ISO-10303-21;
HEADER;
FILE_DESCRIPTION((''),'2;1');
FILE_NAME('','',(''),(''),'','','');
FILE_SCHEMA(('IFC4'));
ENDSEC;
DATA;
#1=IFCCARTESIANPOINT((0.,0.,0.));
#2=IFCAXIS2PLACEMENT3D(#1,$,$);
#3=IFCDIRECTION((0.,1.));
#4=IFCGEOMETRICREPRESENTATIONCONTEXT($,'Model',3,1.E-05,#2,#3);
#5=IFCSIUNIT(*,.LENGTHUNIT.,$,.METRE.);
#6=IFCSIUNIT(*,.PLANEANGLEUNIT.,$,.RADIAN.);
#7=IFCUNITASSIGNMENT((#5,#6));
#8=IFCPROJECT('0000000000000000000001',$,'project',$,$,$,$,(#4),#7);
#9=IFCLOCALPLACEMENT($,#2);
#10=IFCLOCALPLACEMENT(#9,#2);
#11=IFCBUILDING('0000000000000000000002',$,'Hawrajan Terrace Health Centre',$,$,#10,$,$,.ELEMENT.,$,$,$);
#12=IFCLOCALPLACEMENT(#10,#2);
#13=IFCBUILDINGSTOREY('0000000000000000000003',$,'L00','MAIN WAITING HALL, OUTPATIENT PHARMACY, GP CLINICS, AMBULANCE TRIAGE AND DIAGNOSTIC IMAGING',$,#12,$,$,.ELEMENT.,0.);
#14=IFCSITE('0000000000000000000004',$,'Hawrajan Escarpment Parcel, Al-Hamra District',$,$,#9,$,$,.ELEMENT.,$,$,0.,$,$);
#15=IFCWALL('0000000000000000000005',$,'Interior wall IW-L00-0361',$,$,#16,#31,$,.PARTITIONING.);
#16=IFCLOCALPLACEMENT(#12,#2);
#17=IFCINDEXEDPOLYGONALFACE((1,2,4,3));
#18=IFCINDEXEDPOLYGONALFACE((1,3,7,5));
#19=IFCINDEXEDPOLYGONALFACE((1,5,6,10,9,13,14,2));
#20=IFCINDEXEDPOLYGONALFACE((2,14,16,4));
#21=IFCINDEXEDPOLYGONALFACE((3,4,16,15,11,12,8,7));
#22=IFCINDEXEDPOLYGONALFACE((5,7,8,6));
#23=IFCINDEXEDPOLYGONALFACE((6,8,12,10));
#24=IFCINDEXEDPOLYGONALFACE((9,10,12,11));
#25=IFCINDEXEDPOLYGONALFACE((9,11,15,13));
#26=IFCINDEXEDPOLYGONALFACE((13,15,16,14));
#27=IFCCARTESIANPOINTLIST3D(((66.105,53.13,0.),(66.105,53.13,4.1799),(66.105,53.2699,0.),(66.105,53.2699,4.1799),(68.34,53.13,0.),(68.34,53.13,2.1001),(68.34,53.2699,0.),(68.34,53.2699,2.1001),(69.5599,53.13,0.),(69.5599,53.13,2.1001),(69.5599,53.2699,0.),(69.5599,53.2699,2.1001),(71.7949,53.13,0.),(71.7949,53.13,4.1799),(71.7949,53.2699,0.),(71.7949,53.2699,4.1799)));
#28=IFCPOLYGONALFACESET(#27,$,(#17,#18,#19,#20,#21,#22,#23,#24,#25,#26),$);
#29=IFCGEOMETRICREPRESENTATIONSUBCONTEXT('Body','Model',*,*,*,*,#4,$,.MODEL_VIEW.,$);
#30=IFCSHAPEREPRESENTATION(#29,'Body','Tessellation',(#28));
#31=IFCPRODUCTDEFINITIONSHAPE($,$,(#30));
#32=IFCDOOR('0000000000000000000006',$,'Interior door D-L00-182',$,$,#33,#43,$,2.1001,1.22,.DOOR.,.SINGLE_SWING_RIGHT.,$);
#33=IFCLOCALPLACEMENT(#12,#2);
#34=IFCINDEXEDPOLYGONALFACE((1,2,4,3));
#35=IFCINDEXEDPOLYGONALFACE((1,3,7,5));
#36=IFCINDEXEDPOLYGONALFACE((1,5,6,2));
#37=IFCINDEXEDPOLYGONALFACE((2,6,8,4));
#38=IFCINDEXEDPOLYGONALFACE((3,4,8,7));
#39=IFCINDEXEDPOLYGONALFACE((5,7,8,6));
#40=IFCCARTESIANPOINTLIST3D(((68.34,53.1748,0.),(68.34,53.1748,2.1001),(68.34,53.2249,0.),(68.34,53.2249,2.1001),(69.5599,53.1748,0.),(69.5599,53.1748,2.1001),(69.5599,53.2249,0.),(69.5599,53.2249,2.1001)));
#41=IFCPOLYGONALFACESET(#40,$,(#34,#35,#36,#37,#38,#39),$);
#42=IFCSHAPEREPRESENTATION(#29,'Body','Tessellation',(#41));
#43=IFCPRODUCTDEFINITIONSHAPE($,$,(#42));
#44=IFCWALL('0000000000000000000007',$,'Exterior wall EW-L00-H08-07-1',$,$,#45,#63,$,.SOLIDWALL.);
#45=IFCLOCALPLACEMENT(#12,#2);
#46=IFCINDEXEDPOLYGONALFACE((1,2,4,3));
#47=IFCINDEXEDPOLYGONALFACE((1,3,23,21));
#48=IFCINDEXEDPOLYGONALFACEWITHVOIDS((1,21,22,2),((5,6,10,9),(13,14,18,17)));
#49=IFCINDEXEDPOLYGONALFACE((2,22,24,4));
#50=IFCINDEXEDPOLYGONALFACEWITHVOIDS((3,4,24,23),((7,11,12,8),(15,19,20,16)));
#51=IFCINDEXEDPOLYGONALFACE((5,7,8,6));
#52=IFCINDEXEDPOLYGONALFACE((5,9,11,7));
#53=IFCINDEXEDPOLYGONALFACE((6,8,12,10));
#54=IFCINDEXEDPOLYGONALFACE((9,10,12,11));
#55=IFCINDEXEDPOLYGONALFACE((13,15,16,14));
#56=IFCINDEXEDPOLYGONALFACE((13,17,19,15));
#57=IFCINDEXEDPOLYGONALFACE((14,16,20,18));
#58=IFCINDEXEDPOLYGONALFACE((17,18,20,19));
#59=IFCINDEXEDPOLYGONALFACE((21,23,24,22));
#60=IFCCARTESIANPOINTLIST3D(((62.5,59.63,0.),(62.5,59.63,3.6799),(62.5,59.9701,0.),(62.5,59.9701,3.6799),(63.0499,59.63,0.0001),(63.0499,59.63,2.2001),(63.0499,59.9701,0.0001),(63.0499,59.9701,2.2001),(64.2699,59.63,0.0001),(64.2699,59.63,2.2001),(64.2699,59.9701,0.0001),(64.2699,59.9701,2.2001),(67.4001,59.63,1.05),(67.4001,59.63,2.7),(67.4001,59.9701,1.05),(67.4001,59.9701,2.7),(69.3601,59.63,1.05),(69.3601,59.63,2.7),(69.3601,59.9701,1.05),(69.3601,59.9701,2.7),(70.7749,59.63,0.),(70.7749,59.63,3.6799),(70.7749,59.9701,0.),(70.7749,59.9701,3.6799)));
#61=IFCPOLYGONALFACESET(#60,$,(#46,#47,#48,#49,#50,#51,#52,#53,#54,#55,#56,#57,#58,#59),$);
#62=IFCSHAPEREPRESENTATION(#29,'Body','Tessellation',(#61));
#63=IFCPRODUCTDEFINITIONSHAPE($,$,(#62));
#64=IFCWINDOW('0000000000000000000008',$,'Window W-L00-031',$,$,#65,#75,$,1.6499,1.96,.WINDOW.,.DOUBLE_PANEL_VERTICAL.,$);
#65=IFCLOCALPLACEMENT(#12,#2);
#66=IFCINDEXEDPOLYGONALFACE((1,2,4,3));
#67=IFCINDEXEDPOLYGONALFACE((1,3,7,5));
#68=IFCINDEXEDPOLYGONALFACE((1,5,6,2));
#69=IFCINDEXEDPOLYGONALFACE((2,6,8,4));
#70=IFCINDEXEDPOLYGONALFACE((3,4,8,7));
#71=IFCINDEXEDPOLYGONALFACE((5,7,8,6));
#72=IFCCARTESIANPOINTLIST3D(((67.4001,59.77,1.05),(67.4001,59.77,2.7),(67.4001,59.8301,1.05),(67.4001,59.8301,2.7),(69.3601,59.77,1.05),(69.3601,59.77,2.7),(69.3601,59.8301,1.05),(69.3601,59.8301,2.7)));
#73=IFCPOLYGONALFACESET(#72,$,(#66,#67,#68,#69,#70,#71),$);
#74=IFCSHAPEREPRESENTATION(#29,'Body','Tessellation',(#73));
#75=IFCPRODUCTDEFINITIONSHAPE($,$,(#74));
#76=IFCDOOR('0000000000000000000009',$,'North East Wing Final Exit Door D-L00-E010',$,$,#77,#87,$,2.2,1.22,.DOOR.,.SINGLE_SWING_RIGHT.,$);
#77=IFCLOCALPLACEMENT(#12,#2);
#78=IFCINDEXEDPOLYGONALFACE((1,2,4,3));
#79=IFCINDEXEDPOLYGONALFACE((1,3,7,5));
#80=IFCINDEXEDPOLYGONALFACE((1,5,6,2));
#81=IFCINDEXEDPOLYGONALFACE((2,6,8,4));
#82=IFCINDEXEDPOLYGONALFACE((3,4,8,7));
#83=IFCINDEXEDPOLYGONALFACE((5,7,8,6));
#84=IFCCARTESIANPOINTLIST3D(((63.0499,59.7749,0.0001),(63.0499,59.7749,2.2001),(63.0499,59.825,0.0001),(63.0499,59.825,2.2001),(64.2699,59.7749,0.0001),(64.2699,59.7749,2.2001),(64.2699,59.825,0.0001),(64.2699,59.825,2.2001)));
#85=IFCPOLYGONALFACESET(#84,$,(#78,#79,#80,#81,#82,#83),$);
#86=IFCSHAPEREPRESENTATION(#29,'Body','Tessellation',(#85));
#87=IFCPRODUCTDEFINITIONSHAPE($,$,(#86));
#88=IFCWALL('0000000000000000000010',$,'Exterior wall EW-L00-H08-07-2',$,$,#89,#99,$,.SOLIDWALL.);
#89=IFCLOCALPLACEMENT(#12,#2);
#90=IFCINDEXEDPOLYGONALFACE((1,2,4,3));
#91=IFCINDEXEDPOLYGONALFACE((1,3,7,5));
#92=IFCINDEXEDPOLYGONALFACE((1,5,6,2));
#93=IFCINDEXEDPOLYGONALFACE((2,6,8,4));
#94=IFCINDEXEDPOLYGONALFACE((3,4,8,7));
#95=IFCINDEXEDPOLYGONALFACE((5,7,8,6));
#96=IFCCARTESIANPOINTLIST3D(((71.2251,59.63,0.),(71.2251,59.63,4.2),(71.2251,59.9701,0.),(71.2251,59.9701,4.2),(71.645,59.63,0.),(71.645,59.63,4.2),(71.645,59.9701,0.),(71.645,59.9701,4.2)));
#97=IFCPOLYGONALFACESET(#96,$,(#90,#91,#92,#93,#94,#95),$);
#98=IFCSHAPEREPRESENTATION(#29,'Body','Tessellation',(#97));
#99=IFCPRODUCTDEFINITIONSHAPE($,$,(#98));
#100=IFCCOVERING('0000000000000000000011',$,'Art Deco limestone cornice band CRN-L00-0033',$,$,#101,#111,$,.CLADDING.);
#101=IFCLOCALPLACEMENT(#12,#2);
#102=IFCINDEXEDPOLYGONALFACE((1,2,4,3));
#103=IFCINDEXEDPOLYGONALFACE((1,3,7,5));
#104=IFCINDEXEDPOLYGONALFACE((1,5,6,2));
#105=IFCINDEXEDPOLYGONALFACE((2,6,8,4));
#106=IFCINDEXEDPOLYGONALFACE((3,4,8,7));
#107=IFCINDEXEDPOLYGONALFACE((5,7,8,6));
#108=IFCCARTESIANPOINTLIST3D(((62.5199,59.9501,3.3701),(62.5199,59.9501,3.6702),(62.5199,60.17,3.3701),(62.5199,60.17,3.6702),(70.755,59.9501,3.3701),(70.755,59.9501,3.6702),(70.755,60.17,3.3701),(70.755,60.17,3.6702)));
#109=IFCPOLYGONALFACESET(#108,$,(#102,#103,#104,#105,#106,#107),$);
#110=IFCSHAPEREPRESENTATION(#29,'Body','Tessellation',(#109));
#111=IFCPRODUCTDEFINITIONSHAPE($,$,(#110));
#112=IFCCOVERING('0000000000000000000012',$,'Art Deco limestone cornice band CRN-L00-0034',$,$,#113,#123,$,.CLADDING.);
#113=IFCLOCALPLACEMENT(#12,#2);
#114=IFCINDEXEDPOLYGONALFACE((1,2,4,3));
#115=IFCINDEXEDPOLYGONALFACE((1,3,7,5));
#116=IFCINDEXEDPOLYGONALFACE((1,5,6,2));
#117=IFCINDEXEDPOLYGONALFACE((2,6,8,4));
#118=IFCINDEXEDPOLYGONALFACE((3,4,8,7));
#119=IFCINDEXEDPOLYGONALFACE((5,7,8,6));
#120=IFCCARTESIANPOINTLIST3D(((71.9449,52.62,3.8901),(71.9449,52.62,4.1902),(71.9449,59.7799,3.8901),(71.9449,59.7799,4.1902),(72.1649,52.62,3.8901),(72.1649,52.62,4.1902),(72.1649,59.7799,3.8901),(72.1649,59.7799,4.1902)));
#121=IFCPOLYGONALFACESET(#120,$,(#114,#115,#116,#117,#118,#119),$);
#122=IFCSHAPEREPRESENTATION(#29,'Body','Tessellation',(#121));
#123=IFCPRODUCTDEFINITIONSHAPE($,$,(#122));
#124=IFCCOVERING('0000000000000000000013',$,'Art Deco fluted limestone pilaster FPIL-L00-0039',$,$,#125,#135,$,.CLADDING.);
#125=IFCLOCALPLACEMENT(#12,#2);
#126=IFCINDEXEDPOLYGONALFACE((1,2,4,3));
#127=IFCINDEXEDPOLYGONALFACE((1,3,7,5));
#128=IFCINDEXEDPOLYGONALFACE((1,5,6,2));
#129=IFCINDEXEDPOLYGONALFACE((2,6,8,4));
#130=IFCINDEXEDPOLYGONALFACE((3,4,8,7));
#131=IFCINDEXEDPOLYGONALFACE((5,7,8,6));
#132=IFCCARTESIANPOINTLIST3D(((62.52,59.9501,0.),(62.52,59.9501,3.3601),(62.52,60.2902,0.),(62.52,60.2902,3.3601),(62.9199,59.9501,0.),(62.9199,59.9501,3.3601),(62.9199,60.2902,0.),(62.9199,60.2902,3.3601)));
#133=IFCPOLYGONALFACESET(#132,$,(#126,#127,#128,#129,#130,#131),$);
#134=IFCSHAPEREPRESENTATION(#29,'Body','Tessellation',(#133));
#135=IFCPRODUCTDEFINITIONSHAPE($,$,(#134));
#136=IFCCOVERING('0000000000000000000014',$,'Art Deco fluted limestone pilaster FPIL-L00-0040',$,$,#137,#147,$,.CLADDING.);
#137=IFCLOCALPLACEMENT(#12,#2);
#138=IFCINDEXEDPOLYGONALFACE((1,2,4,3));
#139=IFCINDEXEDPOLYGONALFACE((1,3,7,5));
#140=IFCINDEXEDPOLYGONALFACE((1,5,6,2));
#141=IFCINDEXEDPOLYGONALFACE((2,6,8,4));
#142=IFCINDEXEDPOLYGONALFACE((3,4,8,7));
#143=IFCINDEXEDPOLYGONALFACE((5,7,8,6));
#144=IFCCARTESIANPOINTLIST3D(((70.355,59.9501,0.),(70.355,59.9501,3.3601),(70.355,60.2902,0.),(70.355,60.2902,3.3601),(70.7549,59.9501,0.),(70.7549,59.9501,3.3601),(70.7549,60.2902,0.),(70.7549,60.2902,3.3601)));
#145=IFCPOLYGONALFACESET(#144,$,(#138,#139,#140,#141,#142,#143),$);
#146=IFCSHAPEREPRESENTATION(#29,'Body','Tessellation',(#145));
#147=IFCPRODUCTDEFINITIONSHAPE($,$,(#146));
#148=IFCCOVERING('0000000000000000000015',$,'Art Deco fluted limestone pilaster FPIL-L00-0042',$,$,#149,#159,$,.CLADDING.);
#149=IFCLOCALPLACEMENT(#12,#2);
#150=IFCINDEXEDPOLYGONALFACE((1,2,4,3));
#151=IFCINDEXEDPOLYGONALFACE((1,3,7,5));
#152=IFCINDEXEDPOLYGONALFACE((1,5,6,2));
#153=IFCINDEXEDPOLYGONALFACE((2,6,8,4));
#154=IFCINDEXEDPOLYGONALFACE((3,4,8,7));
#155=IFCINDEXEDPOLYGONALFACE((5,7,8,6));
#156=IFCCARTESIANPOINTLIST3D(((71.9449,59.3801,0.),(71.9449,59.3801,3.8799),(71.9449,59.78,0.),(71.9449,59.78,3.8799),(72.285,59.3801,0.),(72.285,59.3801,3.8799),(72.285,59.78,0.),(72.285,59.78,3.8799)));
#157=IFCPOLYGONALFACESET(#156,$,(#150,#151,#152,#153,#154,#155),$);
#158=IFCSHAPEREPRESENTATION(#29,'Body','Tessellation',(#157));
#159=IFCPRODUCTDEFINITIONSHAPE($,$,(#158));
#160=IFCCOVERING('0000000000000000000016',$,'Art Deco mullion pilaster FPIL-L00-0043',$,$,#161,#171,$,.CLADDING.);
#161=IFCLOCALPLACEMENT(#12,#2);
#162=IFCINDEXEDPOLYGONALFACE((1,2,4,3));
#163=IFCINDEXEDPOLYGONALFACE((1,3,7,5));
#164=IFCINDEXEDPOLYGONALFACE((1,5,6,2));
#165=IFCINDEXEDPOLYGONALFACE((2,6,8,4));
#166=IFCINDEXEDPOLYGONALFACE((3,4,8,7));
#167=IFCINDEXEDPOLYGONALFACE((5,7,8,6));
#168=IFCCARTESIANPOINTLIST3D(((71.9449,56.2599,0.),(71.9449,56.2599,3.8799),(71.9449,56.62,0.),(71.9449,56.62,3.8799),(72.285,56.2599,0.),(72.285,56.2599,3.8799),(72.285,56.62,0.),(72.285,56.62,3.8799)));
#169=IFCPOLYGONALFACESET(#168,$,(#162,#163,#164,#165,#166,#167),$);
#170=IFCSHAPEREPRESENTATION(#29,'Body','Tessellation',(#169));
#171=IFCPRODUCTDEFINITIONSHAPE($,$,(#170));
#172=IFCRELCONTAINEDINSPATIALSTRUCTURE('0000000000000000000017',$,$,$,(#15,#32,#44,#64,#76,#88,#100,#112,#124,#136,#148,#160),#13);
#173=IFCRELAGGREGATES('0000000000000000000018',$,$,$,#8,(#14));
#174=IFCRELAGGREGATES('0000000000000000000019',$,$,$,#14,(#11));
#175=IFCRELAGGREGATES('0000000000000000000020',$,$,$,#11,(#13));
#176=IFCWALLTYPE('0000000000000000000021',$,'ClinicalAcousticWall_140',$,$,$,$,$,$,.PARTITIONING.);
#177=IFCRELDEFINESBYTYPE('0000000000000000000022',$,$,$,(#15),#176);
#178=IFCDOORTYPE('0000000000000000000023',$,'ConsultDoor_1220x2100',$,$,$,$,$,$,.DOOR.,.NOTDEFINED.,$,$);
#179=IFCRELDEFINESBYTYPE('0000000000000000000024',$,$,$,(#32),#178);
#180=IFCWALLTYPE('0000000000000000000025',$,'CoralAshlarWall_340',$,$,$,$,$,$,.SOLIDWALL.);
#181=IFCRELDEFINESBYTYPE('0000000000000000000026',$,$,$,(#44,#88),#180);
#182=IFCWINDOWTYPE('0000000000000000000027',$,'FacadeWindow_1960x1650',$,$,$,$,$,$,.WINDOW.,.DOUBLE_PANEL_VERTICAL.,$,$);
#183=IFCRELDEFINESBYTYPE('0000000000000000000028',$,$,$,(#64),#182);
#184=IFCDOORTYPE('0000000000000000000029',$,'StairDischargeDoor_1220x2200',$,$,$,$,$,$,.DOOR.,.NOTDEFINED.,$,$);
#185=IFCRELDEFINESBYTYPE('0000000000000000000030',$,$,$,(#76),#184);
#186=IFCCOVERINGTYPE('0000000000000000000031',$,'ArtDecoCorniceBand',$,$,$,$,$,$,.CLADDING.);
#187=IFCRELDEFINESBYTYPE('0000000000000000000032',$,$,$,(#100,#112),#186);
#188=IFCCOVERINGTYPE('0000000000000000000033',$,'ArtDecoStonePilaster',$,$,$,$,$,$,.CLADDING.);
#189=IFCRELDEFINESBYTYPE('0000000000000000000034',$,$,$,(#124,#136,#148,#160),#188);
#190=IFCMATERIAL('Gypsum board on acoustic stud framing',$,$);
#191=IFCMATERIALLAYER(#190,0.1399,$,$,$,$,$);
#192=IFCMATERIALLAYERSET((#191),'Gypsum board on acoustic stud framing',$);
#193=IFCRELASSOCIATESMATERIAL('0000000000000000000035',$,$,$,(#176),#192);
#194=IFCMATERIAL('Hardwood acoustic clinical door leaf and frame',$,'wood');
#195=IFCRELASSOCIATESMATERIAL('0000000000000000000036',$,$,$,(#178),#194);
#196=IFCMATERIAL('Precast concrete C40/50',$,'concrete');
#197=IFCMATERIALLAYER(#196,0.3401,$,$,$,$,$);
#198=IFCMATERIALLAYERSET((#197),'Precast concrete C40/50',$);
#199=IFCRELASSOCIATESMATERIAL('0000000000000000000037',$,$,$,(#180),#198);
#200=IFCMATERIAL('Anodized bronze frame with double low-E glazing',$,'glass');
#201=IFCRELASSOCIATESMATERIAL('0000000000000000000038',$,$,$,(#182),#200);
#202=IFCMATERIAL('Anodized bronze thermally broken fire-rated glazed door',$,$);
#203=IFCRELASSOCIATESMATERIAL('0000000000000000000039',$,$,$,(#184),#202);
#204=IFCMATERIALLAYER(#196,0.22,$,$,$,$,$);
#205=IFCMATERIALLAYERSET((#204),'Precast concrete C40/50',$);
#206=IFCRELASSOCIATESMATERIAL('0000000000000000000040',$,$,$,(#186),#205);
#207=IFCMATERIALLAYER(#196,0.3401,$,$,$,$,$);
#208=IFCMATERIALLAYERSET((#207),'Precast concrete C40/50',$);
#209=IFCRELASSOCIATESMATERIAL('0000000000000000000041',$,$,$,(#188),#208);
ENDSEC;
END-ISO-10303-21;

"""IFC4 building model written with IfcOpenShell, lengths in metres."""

from ifc_helpers import new_model, si_unit, direction, frame, frame_2d, origin, origin_2d, place, context, subcontext, project, spatial, rectangle, extrude, material, layer, layer_set, type_object, element, fill, save


model = new_model("IFC4")

# Units and contexts
model_context = context("Model", 3, precision=1e-05, world=origin(), true_north=direction((0.0, 1.0)))
body_context = subcontext(model_context, "Body", "Model", "MODEL_VIEW")
ifc_project = project(units=[si_unit("LENGTHUNIT", "METRE"), si_unit("PLANEANGLEUNIT", "RADIAN")], contexts=[model_context])

# Site, building, storey
site_placement = place(None, origin())
site = spatial("IfcSite", under=ifc_project, at=site_placement, Name="Hawrajan Escarpment Parcel, Al-Hamra District", CompositionType="ELEMENT", RefElevation=0.0)
building_placement = place(site_placement, origin())
building = spatial("IfcBuilding", under=site, at=building_placement, Name="Hawrajan Terrace Health Centre", CompositionType="ELEMENT")
storey_placement = place(building_placement, origin())
storey = spatial("IfcBuildingStorey", under=building, at=storey_placement, Name="L00", Description="MAIN WAITING HALL, OUTPATIENT PHARMACY, GP CLINICS, AMBULANCE TRIAGE AND DIAGNOSTIC IMAGING", CompositionType="ELEMENT", Elevation=0.0)

# Shared definitions
ifc_material_1 = material(Name="Gypsum board on acoustic stud framing")
ifc_layer_1 = layer(ifc_material_1, 0.1399)
ifc_layer_set_1 = layer_set([ifc_layer_1], Name="Gypsum board on acoustic stud framing")
wall_type_1 = type_object("IfcWallType", Name="ClinicalAcousticWall_140", PredefinedType="PARTITIONING", material=ifc_layer_set_1)

# Shared definitions
ifc_material_2 = material(Name="Hardwood acoustic clinical door leaf and frame", Category="wood")

# Wall, opening, door
wall_1_placement = place(storey_placement, frame((66.105, 53.2, 0.0), z_axis=(0.0, 0.0, 1.0), x_axis=(1.0, 0.0, 0.0)))
wall_1 = element("IfcWall", 1, at=wall_1_placement, inside=storey, type_object=wall_type_1, Name="Interior wall IW-L00-0361", PredefinedType="PARTITIONING", context=body_context, shape_type="SweptSolid", body=[
    extrude(rectangle(XDim=5.6899, YDim=0.1399, at=frame_2d((2.845, 0.0))), origin(), (0.0, 0.0, 1.0), 4.1799),
])
opening_1_placement = place(wall_1_placement, frame((2.2351, 0.0, 0.0)))
opening_1 = element("IfcOpeningElement", 2, at=opening_1_placement, cuts=wall_1, PredefinedType="OPENING", context=body_context, shape_type="SweptSolid", body=[
    extrude(rectangle(XDim=1.22, YDim=2.1001, at=frame_2d((0.6099, 1.05))), frame((0.0, 0.0798, 0.0), z_axis=(0.0, -1.0, 0.0), x_axis=(1.0, 0.0, 0.0)), (0.0, 0.0, 1.0), 0.1599),
])
door_type_1 = type_object("IfcDoorType", Name="ConsultDoor_1220x2100", OperationType="NOTDEFINED", PredefinedType="DOOR", material=ifc_material_2)
door_1_placement = place(opening_1_placement, origin())
door_1 = element("IfcDoor", 3, at=door_1_placement, inside=storey, type_object=door_type_1, Name="Interior door D-L00-182", OperationType="SINGLE_SWING_RIGHT", OverallHeight=2.1001, OverallWidth=1.22, PredefinedType="DOOR", context=body_context, shape_type="SweptSolid", body=[
    extrude(rectangle(XDim=1.22, YDim=2.1001, at=frame_2d((0.6099, 1.05))), frame((0.0, 0.0249, 0.0), z_axis=(0.0, -1.0, 0.0), x_axis=(1.0, 0.0, 0.0)), (0.0, 0.0, 1.0), 0.05),
])
fill(opening_1, door_1)

# Wall, openings, window, door
ifc_material_3 = material(Name="Precast concrete C40/50", Category="concrete")
ifc_layer_2 = layer(ifc_material_3, 0.3401)
ifc_layer_set_2 = layer_set([ifc_layer_2], Name="Precast concrete C40/50")
wall_type_2 = type_object("IfcWallType", Name="CoralAshlarWall_340", PredefinedType="SOLIDWALL", material=ifc_layer_set_2)
wall_2_placement = place(storey_placement, frame((62.5, 59.8, 0.0), z_axis=(0.0, 0.0, 1.0), x_axis=(1.0, 0.0, 0.0)))
wall_2 = element("IfcWall", 4, at=wall_2_placement, inside=storey, type_object=wall_type_2, Name="Exterior wall EW-L00-H08-07-1", PredefinedType="SOLIDWALL", context=body_context, shape_type="SweptSolid", body=[
    extrude(rectangle(XDim=8.2749, YDim=0.3401, at=frame_2d((4.1375, 0.0))), origin(), (0.0, 0.0, 1.0), 3.6799),
])
opening_2_placement = place(wall_2_placement, frame((0.55, 0.0, 0.0)))
opening_2 = element("IfcOpeningElement", 5, at=opening_2_placement, cuts=wall_2, PredefinedType="OPENING", context=body_context, shape_type="SweptSolid", body=[
    extrude(rectangle(XDim=1.22, YDim=2.2, at=frame_2d((0.6099, 1.1001))), frame((0.0, 0.1799, 0.0), z_axis=(0.0, -1.0, 0.0), x_axis=(1.0, 0.0, 0.0)), (0.0, 0.0, 1.0), 0.3601),
])
opening_3_placement = place(wall_2_placement, frame((4.9001, 0.0, 1.05)))
opening_3 = element("IfcOpeningElement", 6, at=opening_3_placement, cuts=wall_2, PredefinedType="OPENING", context=body_context, shape_type="SweptSolid", body=[
    extrude(rectangle(XDim=1.96, YDim=1.6499, at=frame_2d((0.98, 0.825))), frame((0.0, 0.1799, 0.0), z_axis=(0.0, -1.0, 0.0), x_axis=(1.0, 0.0, 0.0)), (0.0, 0.0, 1.0), 0.3601),
])
ifc_material_4 = material(Name="Anodized bronze frame with double low-E glazing", Category="glass")
window_type = type_object("IfcWindowType", Name="FacadeWindow_1960x1650", PartitioningType="DOUBLE_PANEL_VERTICAL", PredefinedType="WINDOW", material=ifc_material_4)
window_placement = place(opening_3_placement, origin())
window = element("IfcWindow", 7, at=window_placement, inside=storey, type_object=window_type, Name="Window W-L00-031", OverallHeight=1.6499, OverallWidth=1.96, PartitioningType="DOUBLE_PANEL_VERTICAL", PredefinedType="WINDOW", context=body_context, shape_type="SweptSolid", body=[
    extrude(rectangle(XDim=1.96, YDim=1.6499, at=frame_2d((0.98, 0.825))), frame((0.0, 0.03, 0.0), z_axis=(0.0, -1.0, 0.0), x_axis=(1.0, 0.0, 0.0)), (0.0, 0.0, 1.0), 0.0601),
])
fill(opening_3, window)
ifc_material_5 = material(Name="Anodized bronze thermally broken fire-rated glazed door")
door_type_2 = type_object("IfcDoorType", Name="StairDischargeDoor_1220x2200", OperationType="NOTDEFINED", PredefinedType="DOOR", material=ifc_material_5)
door_2_placement = place(opening_2_placement, origin())
door_2 = element("IfcDoor", 8, at=door_2_placement, inside=storey, type_object=door_type_2, Name="North East Wing Final Exit Door D-L00-E010", OperationType="SINGLE_SWING_RIGHT", OverallHeight=2.2, OverallWidth=1.22, PredefinedType="DOOR", context=body_context, shape_type="SweptSolid", body=[
    extrude(rectangle(XDim=1.22, YDim=2.2, at=frame_2d((0.6099, 1.1001))), frame((0.0, 0.0249, 0.0), z_axis=(0.0, -1.0, 0.0), x_axis=(1.0, 0.0, 0.0)), (0.0, 0.0, 1.0), 0.05),
])
fill(opening_2, door_2)

# Wall
wall_3_placement = place(storey_placement, frame((71.2251, 59.8, 0.0), z_axis=(0.0, 0.0, 1.0), x_axis=(1.0, 0.0, 0.0)))
element("IfcWall", 9, at=wall_3_placement, inside=storey, type_object=wall_type_2, Name="Exterior wall EW-L00-H08-07-2", PredefinedType="SOLIDWALL", context=body_context, shape_type="SweptSolid", body=[
    extrude(rectangle(XDim=0.4199, YDim=0.3401, at=frame_2d((0.21, 0.0))), origin(), (0.0, 0.0, 1.0), 4.2),
])

# Coverings
ifc_layer_3 = layer(ifc_material_3, 0.22)
ifc_layer_set_3 = layer_set([ifc_layer_3], Name="Precast concrete C40/50")
covering_type_1 = type_object("IfcCoveringType", Name="ArtDecoCorniceBand", PredefinedType="CLADDING", material=ifc_layer_set_3)
covering_1_placement = place(storey_placement, frame((66.6375, 60.0601, 3.3701), z_axis=(0.0, 0.0, 1.0), x_axis=(1.0, 0.0, 0.0)))
element("IfcCovering", 10, at=covering_1_placement, inside=storey, type_object=covering_type_1, Name="Art Deco limestone cornice band CRN-L00-0033", PredefinedType="CLADDING", context=body_context, shape_type="SweptSolid", body=[
    extrude(rectangle(XDim=8.2351, YDim=0.22, at=origin_2d()), origin(), (0.0, 0.0, 1.0), 0.3),
])
covering_2_placement = place(storey_placement, frame((72.0549, 56.2, 3.8901), z_axis=(0.0, 0.0, 1.0), x_axis=(0.0, 1.0, 0.0)))
element("IfcCovering", 11, at=covering_2_placement, inside=storey, type_object=covering_type_1, Name="Art Deco limestone cornice band CRN-L00-0034", PredefinedType="CLADDING", context=body_context, shape_type="SweptSolid", body=[
    extrude(rectangle(XDim=7.1599, YDim=0.22, at=origin_2d()), origin(), (0.0, 0.0, 1.0), 0.3),
])
ifc_layer_4 = layer(ifc_material_3, 0.3401)
ifc_layer_set_4 = layer_set([ifc_layer_4], Name="Precast concrete C40/50")
covering_type_2 = type_object("IfcCoveringType", Name="ArtDecoStonePilaster", PredefinedType="CLADDING", material=ifc_layer_set_4)
for number, where, z_axis, x_axis, name in (
    (12, (62.72, 60.1201, 0.0), (0.0, 0.0, 1.0), (1.0, 0.0, 0.0), "Art Deco fluted limestone pilaster FPIL-L00-0039"),
    (13, (70.5549, 60.1201, 0.0), (0.0, 0.0, 1.0), (1.0, 0.0, 0.0), "Art Deco fluted limestone pilaster FPIL-L00-0040"),
):
    element("IfcCovering", number, at=place(storey_placement, frame(where, z_axis=z_axis, x_axis=x_axis)), inside=storey, type_object=covering_type_2, Name=name, PredefinedType="CLADDING", context=body_context, shape_type="SweptSolid", body=[
        extrude(rectangle(XDim=0.3999, YDim=0.3401, at=origin_2d()), origin(), (0.0, 0.0, 1.0), 3.3601),
    ])
covering_3_placement = place(storey_placement, frame((72.115, 59.5801, 0.0), z_axis=(0.0, 0.0, 1.0), x_axis=(0.0, 1.0, 0.0)))
element("IfcCovering", 14, at=covering_3_placement, inside=storey, type_object=covering_type_2, Name="Art Deco fluted limestone pilaster FPIL-L00-0042", PredefinedType="CLADDING", context=body_context, shape_type="SweptSolid", body=[
    extrude(rectangle(XDim=0.3999, YDim=0.3401, at=origin_2d()), origin(), (0.0, 0.0, 1.0), 3.8799),
])
covering_4_placement = place(storey_placement, frame((72.115, 56.4399, 0.0), z_axis=(0.0, 0.0, 1.0), x_axis=(0.0, 1.0, 0.0)))
element("IfcCovering", 15, at=covering_4_placement, inside=storey, type_object=covering_type_2, Name="Art Deco mullion pilaster FPIL-L00-0043", PredefinedType="CLADDING", context=body_context, shape_type="SweptSolid", body=[
    extrude(rectangle(XDim=0.3601, YDim=0.3401, at=origin_2d()), origin(), (0.0, 0.0, 1.0), 3.8799),
])

save(model, "model.ifc")
